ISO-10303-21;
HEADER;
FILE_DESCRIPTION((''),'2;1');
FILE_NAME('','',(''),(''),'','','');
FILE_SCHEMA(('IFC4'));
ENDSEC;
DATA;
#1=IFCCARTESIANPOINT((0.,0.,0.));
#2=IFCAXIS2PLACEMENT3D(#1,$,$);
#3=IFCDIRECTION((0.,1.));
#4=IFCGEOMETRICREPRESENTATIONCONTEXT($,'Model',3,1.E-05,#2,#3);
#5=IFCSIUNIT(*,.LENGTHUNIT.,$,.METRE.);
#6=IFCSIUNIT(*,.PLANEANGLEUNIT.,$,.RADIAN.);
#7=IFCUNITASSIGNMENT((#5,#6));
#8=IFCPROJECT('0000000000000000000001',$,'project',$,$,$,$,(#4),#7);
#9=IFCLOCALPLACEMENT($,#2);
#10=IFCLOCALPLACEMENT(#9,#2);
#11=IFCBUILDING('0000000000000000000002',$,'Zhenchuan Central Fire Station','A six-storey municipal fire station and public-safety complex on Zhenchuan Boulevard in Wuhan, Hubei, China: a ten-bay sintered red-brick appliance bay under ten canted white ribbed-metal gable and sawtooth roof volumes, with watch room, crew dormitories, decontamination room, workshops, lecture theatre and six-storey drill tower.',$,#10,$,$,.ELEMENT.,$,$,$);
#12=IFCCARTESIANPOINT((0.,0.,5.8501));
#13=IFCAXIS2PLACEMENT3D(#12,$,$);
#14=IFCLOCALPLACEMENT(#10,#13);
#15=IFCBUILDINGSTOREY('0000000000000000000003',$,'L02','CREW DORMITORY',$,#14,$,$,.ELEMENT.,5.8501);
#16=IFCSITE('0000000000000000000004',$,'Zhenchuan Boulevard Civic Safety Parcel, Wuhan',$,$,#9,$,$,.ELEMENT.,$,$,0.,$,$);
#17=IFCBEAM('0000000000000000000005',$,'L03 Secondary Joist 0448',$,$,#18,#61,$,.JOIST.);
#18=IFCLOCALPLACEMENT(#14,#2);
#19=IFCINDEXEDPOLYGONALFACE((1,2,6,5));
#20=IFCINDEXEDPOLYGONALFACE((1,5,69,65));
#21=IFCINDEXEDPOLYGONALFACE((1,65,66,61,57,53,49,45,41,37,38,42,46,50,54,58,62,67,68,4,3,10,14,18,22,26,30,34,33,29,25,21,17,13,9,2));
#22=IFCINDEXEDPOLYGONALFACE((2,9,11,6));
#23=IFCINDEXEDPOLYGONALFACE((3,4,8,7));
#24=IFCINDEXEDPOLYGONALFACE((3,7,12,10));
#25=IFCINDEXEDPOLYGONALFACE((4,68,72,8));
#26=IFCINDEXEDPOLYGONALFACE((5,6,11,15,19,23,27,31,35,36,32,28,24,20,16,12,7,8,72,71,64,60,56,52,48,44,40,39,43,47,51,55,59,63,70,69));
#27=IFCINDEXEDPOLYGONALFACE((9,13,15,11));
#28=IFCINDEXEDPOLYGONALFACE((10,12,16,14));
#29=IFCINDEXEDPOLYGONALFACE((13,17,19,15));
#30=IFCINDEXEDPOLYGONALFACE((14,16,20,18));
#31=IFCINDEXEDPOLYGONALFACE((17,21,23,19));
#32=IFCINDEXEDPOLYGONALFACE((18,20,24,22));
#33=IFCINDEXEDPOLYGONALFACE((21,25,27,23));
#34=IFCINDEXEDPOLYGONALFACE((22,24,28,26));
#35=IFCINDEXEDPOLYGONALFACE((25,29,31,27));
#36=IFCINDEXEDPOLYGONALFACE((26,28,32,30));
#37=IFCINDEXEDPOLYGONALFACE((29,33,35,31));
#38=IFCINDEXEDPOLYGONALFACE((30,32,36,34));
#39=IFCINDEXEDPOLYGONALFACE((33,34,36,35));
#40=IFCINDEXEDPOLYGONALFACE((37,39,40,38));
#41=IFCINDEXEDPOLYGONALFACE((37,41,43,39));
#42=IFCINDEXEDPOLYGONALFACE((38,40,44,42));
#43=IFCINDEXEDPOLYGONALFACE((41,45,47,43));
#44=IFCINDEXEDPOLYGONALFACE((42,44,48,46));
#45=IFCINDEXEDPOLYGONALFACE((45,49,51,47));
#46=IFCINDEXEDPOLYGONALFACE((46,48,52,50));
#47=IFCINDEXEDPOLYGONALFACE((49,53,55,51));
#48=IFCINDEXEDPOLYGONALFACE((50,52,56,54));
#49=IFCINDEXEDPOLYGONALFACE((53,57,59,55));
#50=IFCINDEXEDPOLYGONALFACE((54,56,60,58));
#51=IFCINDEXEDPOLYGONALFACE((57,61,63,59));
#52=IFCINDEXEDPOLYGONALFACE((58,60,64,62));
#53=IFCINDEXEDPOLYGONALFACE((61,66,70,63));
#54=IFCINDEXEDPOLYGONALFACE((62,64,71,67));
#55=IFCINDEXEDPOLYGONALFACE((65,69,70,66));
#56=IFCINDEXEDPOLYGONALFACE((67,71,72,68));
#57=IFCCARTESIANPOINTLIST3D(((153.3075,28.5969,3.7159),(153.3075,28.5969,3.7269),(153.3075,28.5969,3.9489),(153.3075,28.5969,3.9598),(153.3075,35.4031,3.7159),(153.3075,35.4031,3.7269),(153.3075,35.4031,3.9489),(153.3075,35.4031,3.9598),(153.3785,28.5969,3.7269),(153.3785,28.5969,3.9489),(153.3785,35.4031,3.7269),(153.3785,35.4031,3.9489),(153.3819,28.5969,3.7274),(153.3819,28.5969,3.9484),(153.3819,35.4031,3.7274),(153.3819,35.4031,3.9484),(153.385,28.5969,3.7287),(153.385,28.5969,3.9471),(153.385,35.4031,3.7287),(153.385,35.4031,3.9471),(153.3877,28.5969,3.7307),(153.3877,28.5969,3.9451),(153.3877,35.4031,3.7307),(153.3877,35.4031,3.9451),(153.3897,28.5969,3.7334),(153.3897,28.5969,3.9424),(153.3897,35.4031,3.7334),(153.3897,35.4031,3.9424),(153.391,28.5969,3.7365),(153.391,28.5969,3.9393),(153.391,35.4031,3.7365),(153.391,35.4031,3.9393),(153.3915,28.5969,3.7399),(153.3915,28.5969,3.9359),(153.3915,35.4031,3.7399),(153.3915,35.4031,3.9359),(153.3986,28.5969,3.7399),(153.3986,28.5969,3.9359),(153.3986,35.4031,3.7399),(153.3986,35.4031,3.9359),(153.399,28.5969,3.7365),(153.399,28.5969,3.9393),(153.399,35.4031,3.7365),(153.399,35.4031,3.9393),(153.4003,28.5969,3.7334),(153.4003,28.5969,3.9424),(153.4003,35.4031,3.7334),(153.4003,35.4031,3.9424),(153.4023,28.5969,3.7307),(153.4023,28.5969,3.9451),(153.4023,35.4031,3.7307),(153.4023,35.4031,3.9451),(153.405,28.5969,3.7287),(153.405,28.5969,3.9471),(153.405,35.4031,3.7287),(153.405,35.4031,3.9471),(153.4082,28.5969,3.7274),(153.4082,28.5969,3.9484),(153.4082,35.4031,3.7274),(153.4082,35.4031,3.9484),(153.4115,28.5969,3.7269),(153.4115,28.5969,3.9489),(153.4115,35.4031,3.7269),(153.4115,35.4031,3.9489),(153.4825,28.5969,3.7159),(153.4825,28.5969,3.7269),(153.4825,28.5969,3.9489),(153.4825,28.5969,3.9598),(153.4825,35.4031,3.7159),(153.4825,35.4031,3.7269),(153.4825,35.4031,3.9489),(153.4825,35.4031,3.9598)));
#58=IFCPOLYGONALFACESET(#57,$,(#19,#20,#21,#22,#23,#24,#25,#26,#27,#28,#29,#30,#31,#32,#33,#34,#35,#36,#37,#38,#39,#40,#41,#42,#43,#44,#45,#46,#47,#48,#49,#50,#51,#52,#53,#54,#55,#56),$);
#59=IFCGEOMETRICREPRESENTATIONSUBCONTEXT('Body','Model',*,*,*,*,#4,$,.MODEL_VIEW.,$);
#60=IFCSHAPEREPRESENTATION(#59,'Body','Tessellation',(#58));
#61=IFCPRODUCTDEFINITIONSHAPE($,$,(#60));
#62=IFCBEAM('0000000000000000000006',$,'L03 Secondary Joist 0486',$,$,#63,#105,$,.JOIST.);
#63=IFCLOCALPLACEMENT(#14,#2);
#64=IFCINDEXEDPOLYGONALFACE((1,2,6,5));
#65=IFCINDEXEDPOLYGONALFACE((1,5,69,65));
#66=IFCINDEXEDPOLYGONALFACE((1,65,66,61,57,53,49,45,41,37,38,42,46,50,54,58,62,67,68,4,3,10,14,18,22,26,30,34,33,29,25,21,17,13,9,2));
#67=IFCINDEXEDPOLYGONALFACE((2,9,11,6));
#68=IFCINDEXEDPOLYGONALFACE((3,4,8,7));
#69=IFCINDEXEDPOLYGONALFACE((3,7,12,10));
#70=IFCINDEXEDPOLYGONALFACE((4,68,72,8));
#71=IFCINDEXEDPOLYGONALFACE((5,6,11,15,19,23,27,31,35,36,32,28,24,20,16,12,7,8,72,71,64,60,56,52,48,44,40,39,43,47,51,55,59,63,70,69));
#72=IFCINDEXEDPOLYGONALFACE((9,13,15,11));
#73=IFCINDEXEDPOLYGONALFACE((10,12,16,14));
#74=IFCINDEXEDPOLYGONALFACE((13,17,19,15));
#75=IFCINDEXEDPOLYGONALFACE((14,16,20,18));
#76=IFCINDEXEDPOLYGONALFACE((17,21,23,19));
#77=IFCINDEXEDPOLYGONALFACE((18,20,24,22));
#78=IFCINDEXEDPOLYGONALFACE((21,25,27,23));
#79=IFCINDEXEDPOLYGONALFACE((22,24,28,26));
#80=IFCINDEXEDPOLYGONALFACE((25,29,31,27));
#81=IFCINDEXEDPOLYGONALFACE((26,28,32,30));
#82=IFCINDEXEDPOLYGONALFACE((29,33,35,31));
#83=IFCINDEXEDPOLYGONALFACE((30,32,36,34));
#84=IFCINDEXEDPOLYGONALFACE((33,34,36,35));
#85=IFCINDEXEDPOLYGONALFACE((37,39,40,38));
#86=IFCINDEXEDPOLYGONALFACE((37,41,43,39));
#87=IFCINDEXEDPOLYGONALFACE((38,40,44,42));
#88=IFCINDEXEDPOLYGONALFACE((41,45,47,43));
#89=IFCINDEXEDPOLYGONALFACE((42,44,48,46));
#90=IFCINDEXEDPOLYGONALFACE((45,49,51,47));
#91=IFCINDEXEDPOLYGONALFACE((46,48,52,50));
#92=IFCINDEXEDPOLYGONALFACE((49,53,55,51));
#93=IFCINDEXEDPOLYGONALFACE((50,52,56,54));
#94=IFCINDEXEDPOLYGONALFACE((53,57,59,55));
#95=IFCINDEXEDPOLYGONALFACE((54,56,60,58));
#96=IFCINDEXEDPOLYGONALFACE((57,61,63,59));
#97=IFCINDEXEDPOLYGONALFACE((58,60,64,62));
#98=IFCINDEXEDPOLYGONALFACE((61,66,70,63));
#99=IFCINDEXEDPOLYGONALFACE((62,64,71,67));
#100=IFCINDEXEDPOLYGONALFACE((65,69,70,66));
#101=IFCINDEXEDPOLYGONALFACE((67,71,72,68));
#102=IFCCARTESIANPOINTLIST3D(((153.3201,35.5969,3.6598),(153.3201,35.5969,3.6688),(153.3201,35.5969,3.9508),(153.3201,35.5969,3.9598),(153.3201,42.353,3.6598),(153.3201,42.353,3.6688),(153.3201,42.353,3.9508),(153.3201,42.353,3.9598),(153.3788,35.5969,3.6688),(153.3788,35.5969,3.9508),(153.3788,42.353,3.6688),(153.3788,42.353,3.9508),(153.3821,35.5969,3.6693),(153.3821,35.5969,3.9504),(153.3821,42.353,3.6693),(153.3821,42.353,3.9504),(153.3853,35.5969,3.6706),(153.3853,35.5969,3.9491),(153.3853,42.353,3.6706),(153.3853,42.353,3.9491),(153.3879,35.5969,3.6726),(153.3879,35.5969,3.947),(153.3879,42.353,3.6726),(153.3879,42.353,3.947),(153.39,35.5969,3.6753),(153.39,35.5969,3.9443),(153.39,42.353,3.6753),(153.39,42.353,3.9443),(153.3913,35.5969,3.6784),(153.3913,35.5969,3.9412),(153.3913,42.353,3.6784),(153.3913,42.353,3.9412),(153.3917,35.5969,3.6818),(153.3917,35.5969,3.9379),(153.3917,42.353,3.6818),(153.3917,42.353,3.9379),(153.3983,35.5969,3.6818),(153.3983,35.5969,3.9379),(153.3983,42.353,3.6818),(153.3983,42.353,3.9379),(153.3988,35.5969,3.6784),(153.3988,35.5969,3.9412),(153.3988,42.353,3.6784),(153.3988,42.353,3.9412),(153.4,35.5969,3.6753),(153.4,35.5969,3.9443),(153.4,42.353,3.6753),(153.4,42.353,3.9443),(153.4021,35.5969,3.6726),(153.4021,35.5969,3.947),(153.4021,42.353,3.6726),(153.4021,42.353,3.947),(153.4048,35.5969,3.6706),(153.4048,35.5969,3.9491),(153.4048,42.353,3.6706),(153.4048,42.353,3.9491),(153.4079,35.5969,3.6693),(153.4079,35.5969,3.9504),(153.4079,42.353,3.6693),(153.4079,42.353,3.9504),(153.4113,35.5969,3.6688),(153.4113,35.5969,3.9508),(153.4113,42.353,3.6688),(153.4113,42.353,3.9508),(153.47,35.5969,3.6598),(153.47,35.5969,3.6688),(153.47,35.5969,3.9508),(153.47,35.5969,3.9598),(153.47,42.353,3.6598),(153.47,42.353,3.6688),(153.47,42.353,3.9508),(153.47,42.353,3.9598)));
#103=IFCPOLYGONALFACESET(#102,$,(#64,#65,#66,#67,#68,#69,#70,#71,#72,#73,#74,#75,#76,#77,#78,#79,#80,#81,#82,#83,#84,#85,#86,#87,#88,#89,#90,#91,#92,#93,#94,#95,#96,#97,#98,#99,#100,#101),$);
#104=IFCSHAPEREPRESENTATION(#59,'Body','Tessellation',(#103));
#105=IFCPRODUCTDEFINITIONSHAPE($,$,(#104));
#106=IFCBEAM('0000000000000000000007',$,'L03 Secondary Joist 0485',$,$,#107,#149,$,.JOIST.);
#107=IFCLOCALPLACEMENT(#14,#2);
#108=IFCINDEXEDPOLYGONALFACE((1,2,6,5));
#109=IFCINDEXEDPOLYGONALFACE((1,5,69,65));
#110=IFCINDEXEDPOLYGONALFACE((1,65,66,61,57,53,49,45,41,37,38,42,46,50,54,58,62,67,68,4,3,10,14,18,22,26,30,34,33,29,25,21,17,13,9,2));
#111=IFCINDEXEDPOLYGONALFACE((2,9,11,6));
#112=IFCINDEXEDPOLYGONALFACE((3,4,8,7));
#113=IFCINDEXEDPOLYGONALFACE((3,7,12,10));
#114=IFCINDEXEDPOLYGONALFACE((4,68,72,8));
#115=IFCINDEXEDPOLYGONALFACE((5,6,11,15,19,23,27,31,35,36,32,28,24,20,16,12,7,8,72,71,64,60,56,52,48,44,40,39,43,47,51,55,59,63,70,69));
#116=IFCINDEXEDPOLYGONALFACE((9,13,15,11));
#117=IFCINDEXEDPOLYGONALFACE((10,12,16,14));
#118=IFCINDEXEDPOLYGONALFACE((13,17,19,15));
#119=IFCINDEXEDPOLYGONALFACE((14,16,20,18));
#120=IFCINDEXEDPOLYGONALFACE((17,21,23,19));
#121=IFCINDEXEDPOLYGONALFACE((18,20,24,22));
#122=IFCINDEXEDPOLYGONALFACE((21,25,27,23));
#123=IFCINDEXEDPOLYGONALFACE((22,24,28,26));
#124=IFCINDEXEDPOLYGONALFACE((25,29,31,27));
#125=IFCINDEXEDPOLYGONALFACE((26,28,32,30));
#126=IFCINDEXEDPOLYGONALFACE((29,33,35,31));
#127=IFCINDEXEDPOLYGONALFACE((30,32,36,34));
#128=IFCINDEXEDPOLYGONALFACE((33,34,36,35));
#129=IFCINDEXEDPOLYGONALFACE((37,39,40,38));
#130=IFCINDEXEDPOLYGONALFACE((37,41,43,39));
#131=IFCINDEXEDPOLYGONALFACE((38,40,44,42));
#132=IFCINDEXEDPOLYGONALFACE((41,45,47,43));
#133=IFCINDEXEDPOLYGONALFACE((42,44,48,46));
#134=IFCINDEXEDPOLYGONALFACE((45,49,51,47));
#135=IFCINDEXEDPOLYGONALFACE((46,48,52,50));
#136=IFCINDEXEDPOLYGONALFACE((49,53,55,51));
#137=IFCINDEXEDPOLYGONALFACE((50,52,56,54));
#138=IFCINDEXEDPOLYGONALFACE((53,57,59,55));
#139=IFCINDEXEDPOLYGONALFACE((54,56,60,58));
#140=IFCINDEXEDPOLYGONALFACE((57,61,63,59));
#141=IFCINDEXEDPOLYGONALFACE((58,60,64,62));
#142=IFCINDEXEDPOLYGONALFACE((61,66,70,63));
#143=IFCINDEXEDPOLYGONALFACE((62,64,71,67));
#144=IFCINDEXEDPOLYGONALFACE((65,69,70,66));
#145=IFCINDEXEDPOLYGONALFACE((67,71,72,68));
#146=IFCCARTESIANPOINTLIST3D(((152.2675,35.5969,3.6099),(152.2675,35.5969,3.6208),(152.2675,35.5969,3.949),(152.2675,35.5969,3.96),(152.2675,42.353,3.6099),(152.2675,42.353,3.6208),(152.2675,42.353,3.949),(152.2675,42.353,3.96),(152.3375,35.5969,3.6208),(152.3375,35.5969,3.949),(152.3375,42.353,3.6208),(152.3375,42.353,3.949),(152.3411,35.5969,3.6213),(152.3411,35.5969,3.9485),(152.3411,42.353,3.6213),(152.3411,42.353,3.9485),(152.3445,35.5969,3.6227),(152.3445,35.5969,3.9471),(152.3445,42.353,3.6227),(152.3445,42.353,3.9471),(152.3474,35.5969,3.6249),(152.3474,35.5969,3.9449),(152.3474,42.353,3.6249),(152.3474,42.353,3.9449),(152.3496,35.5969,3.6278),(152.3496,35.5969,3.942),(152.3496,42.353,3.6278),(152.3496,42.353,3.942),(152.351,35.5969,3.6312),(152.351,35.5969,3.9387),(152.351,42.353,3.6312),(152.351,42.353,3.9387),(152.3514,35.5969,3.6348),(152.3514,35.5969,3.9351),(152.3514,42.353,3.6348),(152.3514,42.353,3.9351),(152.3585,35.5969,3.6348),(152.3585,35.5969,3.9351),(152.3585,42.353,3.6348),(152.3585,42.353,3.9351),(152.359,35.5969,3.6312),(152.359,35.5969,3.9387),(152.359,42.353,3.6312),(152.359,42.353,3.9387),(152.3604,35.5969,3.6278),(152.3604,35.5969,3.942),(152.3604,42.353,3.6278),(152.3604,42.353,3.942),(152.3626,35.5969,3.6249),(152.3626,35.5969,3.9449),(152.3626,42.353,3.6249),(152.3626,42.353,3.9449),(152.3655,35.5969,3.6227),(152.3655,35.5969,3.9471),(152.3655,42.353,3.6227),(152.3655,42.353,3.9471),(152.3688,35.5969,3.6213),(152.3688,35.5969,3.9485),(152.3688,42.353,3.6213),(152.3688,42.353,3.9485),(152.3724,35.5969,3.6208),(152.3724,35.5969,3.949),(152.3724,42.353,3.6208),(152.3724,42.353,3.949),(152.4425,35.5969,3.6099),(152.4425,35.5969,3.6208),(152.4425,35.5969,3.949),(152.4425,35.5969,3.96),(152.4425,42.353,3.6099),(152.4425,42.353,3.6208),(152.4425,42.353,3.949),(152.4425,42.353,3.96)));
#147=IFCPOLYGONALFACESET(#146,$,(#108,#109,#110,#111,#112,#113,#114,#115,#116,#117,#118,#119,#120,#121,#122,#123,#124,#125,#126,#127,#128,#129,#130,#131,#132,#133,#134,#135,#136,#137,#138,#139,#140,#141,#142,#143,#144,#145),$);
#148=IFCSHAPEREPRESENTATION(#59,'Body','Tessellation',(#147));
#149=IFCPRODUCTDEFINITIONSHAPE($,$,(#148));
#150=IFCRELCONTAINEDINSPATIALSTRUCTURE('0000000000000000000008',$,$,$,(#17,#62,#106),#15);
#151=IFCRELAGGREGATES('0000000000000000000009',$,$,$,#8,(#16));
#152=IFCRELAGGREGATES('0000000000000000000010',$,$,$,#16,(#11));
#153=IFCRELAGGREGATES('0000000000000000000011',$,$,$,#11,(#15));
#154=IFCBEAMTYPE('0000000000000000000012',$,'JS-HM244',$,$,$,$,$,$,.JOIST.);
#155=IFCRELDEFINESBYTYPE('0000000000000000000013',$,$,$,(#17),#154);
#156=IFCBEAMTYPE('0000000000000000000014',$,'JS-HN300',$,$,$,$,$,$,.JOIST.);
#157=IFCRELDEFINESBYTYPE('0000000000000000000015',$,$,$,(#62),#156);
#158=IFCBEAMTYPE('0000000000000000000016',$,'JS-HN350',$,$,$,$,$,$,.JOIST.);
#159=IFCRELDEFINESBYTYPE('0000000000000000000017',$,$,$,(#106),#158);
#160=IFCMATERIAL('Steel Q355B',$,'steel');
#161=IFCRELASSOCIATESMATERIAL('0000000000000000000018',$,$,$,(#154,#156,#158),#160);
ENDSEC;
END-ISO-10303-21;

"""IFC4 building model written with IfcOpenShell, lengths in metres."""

from ifc_helpers import new_model, si_unit, direction, frame, origin, origin_2d, place, context, subcontext, project, spatial, i_section, extrude, material, material_profile, profile_set, type_object, element, save


model = new_model("IFC4")

# Units and contexts
model_context = context("Model", 3, precision=1e-05, world=origin(), true_north=direction((0.0, 1.0)))
body_context = subcontext(model_context, "Body", "Model", "MODEL_VIEW")
ifc_project = project(units=[si_unit("LENGTHUNIT", "METRE"), si_unit("PLANEANGLEUNIT", "RADIAN")], contexts=[model_context])

# Site, building, storey
site_placement = place(None, origin())
site = spatial("IfcSite", under=ifc_project, at=site_placement, Name="Zhenchuan Boulevard Civic Safety Parcel, Wuhan", CompositionType="ELEMENT", RefElevation=0.0)
building_placement = place(site_placement, origin())
building = spatial("IfcBuilding", under=site, at=building_placement, Name="Zhenchuan Central Fire Station", Description="A six-storey municipal fire station and public-safety complex on Zhenchuan Boulevard in Wuhan, Hubei, China: a ten-bay sintered red-brick appliance bay under ten canted white ribbed-metal gable and sawtooth roof volumes, with watch room, crew dormitories, decontamination room, workshops, lecture theatre and six-storey drill tower.", CompositionType="ELEMENT")
storey_placement = place(building_placement, frame((0.0, 0.0, 5.8501)))
storey = spatial("IfcBuildingStorey", under=building, at=storey_placement, Name="L02", Description="CREW DORMITORY", CompositionType="ELEMENT", Elevation=5.8501)

# Shared definitions
ifc_material_1 = material(Name="Steel Q355B", Category="steel")

# Beams
ifc_material_profile_1 = material_profile(ifc_material_1, i_section(OverallWidth=0.175, OverallDepth=0.2439, WebThickness=0.0071, FlangeThickness=0.011, FilletRadius=0.0129, at=origin_2d()), Name="HM 244x175")
ifc_profile_set_1 = profile_set([ifc_material_profile_1], Name="Steel Q355B")
beam_type_1 = type_object("IfcBeamType", Name="JS-HM244", PredefinedType="JOIST", material=ifc_profile_set_1)
beam_1_placement = place(storey_placement, frame((153.395, 28.5969, 3.8379), z_axis=(0.0, 1.0, 0.0), x_axis=(-1.0, 0.0, 0.0)))
element("IfcBeam", 1, at=beam_1_placement, inside=storey, type_object=beam_type_1, Name="L03 Secondary Joist 0448", PredefinedType="JOIST", context=body_context, shape_type="SweptSolid", body=[
    extrude(i_section(OverallWidth=0.175, OverallDepth=0.2439, WebThickness=0.0071, FlangeThickness=0.011, FilletRadius=0.0129, at=origin_2d()), origin(), (0.0, 0.0, 1.0), 6.8062),
])
ifc_material_profile_2 = material_profile(ifc_material_1, i_section(OverallWidth=0.1499, OverallDepth=0.3, WebThickness=0.0066, FlangeThickness=0.009, FilletRadius=0.0129, at=origin_2d()), Name="HN 300x150")
ifc_profile_set_2 = profile_set([ifc_material_profile_2], Name="Steel Q355B")
beam_type_2 = type_object("IfcBeamType", Name="JS-HN300", PredefinedType="JOIST", material=ifc_profile_set_2)
beam_2_placement = place(storey_placement, frame((153.395, 35.5969, 3.8098), z_axis=(0.0, 1.0, 0.0), x_axis=(-1.0, 0.0, 0.0)))
element("IfcBeam", 2, at=beam_2_placement, inside=storey, type_object=beam_type_2, Name="L03 Secondary Joist 0486", PredefinedType="JOIST", context=body_context, shape_type="SweptSolid", body=[
    extrude(i_section(OverallWidth=0.1499, OverallDepth=0.3, WebThickness=0.0066, FlangeThickness=0.009, FilletRadius=0.0129, at=origin_2d()), origin(), (0.0, 0.0, 1.0), 6.7561),
])
ifc_material_profile_3 = material_profile(ifc_material_1, i_section(OverallWidth=0.175, OverallDepth=0.3501, WebThickness=0.0071, FlangeThickness=0.011, FilletRadius=0.0139, at=origin_2d()), Name="HN 350x175")
ifc_profile_set_3 = profile_set([ifc_material_profile_3], Name="Steel Q355B")
beam_type_3 = type_object("IfcBeamType", Name="JS-HN350", PredefinedType="JOIST", material=ifc_profile_set_3)
beam_3_placement = place(storey_placement, frame((152.355, 35.5969, 3.7849), z_axis=(0.0, 1.0, 0.0), x_axis=(-1.0, 0.0, 0.0)))
element("IfcBeam", 3, at=beam_3_placement, inside=storey, type_object=beam_type_3, Name="L03 Secondary Joist 0485", PredefinedType="JOIST", context=body_context, shape_type="SweptSolid", body=[
    extrude(i_section(OverallWidth=0.175, OverallDepth=0.3501, WebThickness=0.0071, FlangeThickness=0.011, FilletRadius=0.0139, at=origin_2d()), origin(), (0.0, 0.0, 1.0), 6.7561),
])

save(model, "model.ifc")
